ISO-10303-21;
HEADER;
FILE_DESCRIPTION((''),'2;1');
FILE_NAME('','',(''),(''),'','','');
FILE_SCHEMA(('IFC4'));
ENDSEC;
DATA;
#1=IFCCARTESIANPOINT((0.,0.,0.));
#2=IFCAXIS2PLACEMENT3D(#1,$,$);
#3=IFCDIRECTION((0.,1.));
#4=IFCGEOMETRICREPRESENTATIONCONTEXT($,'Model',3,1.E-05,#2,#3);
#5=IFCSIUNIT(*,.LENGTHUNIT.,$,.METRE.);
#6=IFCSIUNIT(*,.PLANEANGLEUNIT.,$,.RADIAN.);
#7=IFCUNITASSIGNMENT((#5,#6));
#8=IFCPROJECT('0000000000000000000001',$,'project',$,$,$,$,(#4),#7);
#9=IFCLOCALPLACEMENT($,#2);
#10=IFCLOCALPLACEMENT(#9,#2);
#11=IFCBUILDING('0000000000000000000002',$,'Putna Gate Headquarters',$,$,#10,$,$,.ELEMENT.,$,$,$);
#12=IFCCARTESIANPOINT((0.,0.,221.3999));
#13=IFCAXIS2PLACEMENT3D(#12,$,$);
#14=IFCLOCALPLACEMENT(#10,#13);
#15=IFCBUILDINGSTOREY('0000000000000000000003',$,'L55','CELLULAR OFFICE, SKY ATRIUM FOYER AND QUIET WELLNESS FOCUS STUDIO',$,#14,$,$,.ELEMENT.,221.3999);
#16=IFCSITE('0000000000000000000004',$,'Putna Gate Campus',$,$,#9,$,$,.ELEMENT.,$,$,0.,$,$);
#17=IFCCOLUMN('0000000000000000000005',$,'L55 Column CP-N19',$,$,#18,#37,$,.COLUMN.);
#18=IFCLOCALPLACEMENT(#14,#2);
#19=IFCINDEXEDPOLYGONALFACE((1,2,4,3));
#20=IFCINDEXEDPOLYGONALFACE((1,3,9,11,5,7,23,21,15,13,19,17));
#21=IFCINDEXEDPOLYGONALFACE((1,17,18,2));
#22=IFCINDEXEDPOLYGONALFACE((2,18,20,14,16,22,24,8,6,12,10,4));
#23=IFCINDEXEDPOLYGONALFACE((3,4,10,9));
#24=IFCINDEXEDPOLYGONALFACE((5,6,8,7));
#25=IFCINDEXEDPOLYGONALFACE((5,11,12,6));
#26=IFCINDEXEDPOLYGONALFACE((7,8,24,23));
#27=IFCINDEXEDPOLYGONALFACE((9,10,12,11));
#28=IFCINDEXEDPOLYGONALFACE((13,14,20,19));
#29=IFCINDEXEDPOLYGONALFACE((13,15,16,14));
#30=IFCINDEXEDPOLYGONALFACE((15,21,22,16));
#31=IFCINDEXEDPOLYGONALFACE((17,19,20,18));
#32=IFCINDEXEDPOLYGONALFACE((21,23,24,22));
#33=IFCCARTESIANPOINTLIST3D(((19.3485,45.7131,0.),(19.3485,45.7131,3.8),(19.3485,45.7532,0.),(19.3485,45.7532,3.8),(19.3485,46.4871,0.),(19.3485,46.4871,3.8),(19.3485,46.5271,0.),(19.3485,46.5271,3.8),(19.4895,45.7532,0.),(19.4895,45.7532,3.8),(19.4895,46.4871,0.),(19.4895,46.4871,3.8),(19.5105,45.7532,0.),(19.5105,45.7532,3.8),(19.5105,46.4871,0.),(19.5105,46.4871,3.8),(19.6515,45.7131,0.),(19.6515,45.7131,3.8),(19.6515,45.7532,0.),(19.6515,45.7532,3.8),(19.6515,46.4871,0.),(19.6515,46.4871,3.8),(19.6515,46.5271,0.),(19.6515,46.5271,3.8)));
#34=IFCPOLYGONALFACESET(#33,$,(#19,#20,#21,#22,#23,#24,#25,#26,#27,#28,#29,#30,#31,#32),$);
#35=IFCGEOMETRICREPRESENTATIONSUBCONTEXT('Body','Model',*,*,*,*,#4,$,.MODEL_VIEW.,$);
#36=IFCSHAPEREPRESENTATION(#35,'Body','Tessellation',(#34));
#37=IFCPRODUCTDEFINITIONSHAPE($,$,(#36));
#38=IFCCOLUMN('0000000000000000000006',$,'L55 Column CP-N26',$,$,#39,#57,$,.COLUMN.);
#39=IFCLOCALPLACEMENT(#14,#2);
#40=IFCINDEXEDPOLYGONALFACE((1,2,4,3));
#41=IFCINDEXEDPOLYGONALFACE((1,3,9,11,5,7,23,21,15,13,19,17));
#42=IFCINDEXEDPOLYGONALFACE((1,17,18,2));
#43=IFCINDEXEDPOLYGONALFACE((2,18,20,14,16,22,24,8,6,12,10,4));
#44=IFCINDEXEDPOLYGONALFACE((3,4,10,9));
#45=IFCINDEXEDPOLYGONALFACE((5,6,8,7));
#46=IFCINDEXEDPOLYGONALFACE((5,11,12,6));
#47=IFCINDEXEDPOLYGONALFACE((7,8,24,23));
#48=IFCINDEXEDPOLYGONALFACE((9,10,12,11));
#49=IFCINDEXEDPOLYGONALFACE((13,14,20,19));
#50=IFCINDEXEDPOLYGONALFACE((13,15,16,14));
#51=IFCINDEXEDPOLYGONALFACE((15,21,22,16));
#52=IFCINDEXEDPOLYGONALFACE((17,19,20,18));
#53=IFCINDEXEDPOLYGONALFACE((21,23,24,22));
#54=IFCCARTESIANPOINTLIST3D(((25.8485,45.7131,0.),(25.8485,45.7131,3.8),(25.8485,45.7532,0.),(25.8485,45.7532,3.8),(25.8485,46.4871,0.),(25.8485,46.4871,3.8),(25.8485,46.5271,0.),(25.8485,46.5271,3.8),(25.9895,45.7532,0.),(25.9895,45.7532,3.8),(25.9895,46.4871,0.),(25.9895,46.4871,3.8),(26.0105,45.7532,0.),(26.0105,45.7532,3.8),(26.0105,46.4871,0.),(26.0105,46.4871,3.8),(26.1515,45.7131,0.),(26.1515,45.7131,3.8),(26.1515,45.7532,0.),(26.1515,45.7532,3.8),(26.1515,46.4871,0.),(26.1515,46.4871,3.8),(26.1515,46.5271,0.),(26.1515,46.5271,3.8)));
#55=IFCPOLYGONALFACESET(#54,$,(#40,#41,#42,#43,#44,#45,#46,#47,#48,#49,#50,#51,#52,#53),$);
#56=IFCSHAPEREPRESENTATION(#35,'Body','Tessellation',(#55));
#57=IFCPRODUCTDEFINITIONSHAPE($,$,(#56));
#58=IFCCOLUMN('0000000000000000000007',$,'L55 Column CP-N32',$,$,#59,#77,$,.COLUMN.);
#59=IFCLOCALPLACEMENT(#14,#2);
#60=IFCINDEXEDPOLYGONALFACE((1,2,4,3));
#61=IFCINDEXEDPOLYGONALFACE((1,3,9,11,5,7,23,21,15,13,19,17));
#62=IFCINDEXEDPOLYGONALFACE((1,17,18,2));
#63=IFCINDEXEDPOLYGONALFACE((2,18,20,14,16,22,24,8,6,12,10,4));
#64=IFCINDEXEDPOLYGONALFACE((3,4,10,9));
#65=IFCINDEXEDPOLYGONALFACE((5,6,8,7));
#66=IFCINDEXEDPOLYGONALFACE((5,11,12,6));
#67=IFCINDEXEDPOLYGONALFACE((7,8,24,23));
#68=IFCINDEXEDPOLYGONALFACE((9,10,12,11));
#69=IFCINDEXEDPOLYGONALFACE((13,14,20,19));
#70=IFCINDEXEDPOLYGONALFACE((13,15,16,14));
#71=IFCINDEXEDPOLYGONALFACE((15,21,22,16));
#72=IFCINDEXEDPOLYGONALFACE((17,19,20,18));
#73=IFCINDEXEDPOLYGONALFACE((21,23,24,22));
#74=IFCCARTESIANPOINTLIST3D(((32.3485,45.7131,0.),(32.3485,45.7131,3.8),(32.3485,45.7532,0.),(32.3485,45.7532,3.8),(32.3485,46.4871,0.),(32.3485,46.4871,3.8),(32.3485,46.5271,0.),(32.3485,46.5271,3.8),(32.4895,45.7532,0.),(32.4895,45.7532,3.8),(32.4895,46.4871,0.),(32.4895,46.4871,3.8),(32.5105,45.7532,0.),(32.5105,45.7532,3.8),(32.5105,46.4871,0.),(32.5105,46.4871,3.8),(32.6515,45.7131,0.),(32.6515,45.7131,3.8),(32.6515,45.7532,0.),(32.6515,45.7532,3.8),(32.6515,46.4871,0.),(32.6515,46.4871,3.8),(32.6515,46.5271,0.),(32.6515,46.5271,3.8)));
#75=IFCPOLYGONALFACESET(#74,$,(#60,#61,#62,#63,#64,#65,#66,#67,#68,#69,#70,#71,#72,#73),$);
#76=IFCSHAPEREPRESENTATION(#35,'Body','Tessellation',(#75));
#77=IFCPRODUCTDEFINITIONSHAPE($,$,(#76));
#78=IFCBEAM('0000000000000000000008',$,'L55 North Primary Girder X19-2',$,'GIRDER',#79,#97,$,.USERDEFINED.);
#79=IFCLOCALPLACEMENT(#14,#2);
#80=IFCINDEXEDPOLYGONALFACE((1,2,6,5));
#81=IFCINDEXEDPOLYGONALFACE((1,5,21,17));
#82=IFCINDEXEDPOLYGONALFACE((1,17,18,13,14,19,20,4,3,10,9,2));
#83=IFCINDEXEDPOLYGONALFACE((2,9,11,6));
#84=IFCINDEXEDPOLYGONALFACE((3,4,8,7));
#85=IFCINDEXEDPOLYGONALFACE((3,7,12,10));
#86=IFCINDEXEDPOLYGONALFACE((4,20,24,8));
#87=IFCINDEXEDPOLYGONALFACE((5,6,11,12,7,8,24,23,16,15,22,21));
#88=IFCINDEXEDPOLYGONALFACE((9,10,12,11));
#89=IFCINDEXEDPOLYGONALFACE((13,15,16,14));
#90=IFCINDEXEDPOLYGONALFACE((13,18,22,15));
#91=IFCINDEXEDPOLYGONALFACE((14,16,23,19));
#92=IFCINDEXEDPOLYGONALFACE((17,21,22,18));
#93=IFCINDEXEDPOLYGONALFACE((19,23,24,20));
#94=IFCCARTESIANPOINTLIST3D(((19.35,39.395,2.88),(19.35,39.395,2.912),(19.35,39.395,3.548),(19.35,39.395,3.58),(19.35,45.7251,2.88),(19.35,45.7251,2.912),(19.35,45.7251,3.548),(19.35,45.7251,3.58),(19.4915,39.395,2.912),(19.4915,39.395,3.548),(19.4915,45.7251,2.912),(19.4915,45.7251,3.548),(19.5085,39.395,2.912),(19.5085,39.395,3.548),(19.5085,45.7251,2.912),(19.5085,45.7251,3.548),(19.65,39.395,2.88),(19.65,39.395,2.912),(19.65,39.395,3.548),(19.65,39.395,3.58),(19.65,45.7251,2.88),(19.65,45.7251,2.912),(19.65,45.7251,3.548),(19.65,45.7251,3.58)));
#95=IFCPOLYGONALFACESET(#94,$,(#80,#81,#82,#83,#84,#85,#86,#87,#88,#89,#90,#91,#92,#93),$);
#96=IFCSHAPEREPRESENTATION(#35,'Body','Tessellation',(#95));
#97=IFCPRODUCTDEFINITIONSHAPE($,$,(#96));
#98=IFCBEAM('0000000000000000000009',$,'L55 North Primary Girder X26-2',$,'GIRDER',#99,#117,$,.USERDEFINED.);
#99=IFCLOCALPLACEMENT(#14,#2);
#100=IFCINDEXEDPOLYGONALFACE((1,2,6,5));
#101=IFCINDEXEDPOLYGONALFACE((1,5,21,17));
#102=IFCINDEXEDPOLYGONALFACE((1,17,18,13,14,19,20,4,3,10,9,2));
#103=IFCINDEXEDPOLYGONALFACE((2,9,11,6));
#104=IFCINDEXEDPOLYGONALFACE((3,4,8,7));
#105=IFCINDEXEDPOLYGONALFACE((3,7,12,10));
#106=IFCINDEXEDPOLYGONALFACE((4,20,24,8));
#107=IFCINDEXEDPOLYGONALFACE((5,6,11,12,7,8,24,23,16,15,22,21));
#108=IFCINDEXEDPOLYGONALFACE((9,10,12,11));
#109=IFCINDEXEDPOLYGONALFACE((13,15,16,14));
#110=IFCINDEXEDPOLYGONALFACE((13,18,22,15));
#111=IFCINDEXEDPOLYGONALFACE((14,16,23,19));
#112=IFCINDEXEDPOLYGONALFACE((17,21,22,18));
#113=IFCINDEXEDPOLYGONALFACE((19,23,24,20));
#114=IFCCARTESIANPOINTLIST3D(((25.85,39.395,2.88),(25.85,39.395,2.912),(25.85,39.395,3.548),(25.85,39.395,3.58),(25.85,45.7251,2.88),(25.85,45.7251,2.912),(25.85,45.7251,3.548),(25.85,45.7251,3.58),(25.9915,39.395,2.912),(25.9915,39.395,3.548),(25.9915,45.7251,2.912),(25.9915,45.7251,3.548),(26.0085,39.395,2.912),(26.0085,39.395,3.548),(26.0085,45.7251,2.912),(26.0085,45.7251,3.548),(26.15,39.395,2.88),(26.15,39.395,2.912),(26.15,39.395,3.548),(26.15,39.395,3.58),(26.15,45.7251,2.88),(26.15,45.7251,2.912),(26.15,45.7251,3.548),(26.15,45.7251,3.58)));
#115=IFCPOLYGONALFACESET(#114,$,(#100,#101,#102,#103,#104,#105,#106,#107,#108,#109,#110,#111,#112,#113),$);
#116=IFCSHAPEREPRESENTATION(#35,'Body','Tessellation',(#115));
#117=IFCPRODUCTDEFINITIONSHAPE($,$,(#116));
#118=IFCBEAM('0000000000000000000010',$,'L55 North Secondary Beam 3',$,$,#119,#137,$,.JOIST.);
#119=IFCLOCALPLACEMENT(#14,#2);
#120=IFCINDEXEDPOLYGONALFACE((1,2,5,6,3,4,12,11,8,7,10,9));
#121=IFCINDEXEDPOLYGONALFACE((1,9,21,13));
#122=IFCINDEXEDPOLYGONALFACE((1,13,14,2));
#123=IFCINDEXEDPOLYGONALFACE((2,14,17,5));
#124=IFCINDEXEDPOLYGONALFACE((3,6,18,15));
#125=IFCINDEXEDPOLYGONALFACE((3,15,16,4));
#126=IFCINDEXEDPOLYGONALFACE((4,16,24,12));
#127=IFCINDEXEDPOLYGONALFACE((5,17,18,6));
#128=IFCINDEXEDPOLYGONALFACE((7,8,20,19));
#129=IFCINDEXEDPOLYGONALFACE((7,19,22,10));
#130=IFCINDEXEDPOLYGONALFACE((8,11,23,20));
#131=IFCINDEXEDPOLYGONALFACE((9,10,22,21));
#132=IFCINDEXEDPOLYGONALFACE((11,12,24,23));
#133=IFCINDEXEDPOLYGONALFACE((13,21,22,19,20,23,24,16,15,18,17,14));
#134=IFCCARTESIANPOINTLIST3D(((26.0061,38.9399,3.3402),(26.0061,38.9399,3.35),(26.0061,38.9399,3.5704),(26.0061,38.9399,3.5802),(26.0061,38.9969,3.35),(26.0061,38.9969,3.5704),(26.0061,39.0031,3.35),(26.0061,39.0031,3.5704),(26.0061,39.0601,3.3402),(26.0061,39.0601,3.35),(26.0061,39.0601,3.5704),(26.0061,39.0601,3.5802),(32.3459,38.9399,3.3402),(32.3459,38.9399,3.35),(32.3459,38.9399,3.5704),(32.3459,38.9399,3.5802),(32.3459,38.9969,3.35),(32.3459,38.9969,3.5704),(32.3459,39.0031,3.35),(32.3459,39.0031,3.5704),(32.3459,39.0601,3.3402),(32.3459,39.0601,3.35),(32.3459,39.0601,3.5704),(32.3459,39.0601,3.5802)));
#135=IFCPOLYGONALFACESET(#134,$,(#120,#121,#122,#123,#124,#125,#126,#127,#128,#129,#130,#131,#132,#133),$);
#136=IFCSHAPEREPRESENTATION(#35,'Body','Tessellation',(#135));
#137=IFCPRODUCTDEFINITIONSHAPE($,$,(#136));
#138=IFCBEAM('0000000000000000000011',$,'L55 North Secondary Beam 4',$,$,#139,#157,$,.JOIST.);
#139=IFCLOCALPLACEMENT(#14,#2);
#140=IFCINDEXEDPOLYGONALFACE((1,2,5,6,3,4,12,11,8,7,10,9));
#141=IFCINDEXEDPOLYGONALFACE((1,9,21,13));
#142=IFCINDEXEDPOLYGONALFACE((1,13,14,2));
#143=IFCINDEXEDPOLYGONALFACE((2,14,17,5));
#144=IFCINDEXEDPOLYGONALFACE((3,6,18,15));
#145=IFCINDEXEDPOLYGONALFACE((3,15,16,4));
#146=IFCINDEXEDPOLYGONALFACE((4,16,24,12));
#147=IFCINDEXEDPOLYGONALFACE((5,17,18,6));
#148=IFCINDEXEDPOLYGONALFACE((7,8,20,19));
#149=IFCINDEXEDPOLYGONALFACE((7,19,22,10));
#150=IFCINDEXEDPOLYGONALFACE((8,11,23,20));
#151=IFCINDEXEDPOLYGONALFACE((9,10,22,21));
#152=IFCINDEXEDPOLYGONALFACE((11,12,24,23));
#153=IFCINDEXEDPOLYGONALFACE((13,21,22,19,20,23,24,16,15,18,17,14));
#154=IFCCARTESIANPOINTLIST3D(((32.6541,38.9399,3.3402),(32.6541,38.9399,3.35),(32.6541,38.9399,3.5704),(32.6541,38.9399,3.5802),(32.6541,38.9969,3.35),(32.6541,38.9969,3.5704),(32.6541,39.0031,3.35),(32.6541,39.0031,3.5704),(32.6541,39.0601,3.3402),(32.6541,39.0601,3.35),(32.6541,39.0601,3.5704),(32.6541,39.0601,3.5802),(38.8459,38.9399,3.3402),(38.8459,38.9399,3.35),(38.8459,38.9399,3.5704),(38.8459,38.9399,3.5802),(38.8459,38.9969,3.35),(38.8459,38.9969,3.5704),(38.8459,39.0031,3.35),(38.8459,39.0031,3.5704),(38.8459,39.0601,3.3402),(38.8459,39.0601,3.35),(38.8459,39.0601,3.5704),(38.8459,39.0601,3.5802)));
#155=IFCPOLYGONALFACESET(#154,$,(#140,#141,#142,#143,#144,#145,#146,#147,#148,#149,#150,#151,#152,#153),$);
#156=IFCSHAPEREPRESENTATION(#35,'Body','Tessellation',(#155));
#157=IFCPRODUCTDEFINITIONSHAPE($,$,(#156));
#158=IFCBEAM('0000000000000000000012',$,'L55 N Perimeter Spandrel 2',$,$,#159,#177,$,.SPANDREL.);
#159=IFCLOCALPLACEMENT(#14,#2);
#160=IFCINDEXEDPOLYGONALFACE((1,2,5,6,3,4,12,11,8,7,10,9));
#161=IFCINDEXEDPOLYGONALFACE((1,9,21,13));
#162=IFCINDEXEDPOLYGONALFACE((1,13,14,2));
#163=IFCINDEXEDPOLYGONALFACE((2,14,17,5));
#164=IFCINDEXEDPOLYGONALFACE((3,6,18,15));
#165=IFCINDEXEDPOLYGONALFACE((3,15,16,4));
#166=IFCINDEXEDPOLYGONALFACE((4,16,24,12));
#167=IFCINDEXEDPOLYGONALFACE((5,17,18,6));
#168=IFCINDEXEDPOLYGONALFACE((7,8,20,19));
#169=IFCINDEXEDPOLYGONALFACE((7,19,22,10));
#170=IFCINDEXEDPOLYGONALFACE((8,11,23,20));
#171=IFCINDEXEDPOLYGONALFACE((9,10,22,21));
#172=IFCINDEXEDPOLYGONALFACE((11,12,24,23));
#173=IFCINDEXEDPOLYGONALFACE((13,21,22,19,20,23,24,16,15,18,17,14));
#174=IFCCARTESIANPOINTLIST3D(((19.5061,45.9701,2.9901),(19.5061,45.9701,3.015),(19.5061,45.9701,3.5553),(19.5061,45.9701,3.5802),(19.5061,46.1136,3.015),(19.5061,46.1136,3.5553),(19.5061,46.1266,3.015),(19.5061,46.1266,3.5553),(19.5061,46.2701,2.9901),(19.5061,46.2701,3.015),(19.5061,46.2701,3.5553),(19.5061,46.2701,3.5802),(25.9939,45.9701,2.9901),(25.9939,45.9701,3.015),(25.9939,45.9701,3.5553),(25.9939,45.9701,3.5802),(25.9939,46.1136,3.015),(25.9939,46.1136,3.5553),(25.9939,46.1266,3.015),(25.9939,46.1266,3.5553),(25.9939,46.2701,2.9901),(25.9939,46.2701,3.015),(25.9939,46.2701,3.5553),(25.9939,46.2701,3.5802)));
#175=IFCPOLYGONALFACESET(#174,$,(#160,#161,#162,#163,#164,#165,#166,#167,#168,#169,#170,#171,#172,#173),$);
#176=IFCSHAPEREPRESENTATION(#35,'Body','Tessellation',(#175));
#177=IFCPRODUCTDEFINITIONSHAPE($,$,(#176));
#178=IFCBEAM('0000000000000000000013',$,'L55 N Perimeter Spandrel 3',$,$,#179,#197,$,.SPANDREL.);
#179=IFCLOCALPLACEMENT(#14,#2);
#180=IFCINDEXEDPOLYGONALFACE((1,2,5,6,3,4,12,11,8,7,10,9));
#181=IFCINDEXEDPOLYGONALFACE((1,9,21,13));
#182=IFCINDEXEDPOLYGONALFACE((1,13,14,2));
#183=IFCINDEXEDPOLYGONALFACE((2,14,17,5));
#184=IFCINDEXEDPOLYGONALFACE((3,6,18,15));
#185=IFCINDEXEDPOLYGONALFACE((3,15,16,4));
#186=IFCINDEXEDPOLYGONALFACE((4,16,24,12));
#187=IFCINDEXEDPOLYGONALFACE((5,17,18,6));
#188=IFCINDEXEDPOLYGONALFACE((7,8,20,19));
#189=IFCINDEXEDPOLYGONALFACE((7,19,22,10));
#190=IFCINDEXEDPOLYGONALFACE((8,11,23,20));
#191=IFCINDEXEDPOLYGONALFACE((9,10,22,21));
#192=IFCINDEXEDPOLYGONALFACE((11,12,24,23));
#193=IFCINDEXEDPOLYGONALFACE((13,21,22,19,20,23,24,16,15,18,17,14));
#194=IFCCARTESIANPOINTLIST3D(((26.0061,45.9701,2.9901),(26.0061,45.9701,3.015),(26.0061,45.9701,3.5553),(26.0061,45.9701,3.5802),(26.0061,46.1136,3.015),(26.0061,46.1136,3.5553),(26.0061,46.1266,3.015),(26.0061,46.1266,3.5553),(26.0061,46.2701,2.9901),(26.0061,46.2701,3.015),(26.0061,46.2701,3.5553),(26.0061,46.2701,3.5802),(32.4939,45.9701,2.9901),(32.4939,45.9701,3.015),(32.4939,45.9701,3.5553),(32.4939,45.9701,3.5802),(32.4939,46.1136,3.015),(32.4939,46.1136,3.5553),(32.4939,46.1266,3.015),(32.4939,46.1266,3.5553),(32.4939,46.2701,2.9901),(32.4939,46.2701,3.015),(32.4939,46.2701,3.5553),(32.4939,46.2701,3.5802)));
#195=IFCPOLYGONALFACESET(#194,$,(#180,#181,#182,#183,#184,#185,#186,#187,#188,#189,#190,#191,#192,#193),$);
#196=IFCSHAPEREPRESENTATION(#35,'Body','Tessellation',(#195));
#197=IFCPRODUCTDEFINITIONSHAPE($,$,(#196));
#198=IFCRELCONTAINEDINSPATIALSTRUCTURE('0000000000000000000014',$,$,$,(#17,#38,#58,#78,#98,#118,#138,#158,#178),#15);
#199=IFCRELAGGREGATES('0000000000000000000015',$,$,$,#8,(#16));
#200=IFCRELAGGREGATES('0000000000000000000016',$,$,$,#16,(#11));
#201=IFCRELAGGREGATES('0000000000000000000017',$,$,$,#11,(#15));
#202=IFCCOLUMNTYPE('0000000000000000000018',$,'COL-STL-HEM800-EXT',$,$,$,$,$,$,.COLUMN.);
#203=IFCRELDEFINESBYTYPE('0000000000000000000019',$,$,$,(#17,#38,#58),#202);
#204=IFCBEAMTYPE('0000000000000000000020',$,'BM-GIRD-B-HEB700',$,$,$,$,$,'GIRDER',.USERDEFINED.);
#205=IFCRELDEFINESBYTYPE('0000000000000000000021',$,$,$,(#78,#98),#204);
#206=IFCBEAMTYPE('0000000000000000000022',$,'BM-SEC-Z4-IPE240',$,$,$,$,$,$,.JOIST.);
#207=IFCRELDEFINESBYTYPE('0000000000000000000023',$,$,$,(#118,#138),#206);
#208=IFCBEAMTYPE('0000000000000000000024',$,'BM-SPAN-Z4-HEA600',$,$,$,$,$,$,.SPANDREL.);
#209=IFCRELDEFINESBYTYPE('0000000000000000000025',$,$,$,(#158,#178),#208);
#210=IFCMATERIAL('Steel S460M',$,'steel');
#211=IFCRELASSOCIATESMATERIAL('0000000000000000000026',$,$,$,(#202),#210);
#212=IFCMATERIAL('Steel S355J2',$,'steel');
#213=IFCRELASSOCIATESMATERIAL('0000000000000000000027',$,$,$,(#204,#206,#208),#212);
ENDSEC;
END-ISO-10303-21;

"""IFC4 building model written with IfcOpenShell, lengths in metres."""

from ifc_helpers import new_model, si_unit, direction, frame, origin, origin_2d, place, context, subcontext, project, spatial, i_section, extrude, material, material_profile, profile_set, type_object, element, save


model = new_model("IFC4")

# Units and contexts
model_context = context("Model", 3, precision=1e-05, world=origin(), true_north=direction((0.0, 1.0)))
body_context = subcontext(model_context, "Body", "Model", "MODEL_VIEW")
ifc_project = project(units=[si_unit("LENGTHUNIT", "METRE"), si_unit("PLANEANGLEUNIT", "RADIAN")], contexts=[model_context])

# Site, building, storey
site_placement = place(None, origin())
site = spatial("IfcSite", under=ifc_project, at=site_placement, Name="Putna Gate Campus", CompositionType="ELEMENT", RefElevation=0.0)
building_placement = place(site_placement, origin())
building = spatial("IfcBuilding", under=site, at=building_placement, Name="Putna Gate Headquarters", CompositionType="ELEMENT")
storey_placement = place(building_placement, frame((0.0, 0.0, 221.3999)))
storey = spatial("IfcBuildingStorey", under=building, at=storey_placement, Name="L55", Description="CELLULAR OFFICE, SKY ATRIUM FOYER AND QUIET WELLNESS FOCUS STUDIO", CompositionType="ELEMENT", Elevation=221.3999)

# Columns
ifc_material_1 = material(Name="Steel S460M", Category="steel")
ifc_material_profile_1 = material_profile(ifc_material_1, i_section(OverallWidth=0.303, OverallDepth=0.814, WebThickness=0.021, FlangeThickness=0.04, at=origin_2d()), Name="Steel S460M")
ifc_profile_set_1 = profile_set([ifc_material_profile_1], Name="Steel S460M")
column_type = type_object("IfcColumnType", Name="COL-STL-HEM800-EXT", PredefinedType="COLUMN", material=ifc_profile_set_1)
for number, where, z_axis, x_axis, name in (
    (1, (19.5, 46.1201, 0.0), (0.0, 0.0, 1.0), (1.0, 0.0, 0.0), "L55 Column CP-N19"),
    (2, (26.0, 46.1201, 0.0), (0.0, 0.0, 1.0), (1.0, 0.0, 0.0), "L55 Column CP-N26"),
    (3, (32.5, 46.1201, 0.0), (0.0, 0.0, 1.0), (1.0, 0.0, 0.0), "L55 Column CP-N32"),
):
    element("IfcColumn", number, at=place(storey_placement, frame(where, z_axis=z_axis, x_axis=x_axis)), inside=storey, type_object=column_type, Name=name, PredefinedType="COLUMN", context=body_context, shape_type="SweptSolid", body=[
        extrude(i_section(OverallWidth=0.303, OverallDepth=0.814, WebThickness=0.021, FlangeThickness=0.04, at=origin_2d()), origin(), (0.0, 0.0, 1.0), 3.8),
    ])

# Beams
ifc_material_2 = material(Name="Steel S355J2", Category="steel")
ifc_material_profile_2 = material_profile(ifc_material_2, i_section(OverallWidth=0.3, OverallDepth=0.7, WebThickness=0.0171, FlangeThickness=0.032, at=origin_2d()), Name="Steel S355J2")
ifc_profile_set_2 = profile_set([ifc_material_profile_2], Name="Steel S355J2")
beam_type_1 = type_object("IfcBeamType", Name="BM-GIRD-B-HEB700", ElementType="GIRDER", PredefinedType="USERDEFINED", material=ifc_profile_set_2)
for number, where, z_axis, x_axis, name in (
    (4, (19.5, 39.395, 3.23), (0.0, 1.0, 0.0), (-1.0, 0.0, 0.0), "L55 North Primary Girder X19-2"),
    (5, (26.0, 39.395, 3.23), (0.0, 1.0, 0.0), (-1.0, 0.0, 0.0), "L55 North Primary Girder X26-2"),
):
    element("IfcBeam", number, at=place(storey_placement, frame(where, z_axis=z_axis, x_axis=x_axis)), inside=storey, type_object=beam_type_1, Name=name, ObjectType="GIRDER", PredefinedType="USERDEFINED", context=body_context, shape_type="SweptSolid", body=[
        extrude(i_section(OverallWidth=0.3, OverallDepth=0.7, WebThickness=0.0171, FlangeThickness=0.032, at=origin_2d()), origin(), (0.0, 0.0, 1.0), 6.3301),
    ])
ifc_material_profile_3 = material_profile(ifc_material_2, i_section(OverallWidth=0.1201, OverallDepth=0.24, WebThickness=0.0061, FlangeThickness=0.0098, at=origin_2d()), Name="Steel S355J2")
ifc_profile_set_3 = profile_set([ifc_material_profile_3], Name="Steel S355J2")
beam_type_2 = type_object("IfcBeamType", Name="BM-SEC-Z4-IPE240", PredefinedType="JOIST", material=ifc_profile_set_3)
beam_1_placement = place(storey_placement, frame((26.0061, 39.0, 3.4602), z_axis=(1.0, 0.0, 0.0), x_axis=(0.0, 1.0, 0.0)))
element("IfcBeam", 6, at=beam_1_placement, inside=storey, type_object=beam_type_2, Name="L55 North Secondary Beam 3", PredefinedType="JOIST", context=body_context, shape_type="SweptSolid", body=[
    extrude(i_section(OverallWidth=0.1201, OverallDepth=0.24, WebThickness=0.0061, FlangeThickness=0.0098, at=origin_2d()), origin(), (0.0, 0.0, 1.0), 6.3398),
])
beam_2_placement = place(storey_placement, frame((32.6541, 39.0, 3.4602), z_axis=(1.0, 0.0, 0.0), x_axis=(0.0, 1.0, 0.0)))
element("IfcBeam", 7, at=beam_2_placement, inside=storey, type_object=beam_type_2, Name="L55 North Secondary Beam 4", PredefinedType="JOIST", context=body_context, shape_type="SweptSolid", body=[
    extrude(i_section(OverallWidth=0.1201, OverallDepth=0.24, WebThickness=0.0061, FlangeThickness=0.0098, at=origin_2d()), origin(), (0.0, 0.0, 1.0), 6.1919),
])
ifc_material_profile_4 = material_profile(ifc_material_2, i_section(OverallWidth=0.3, OverallDepth=0.5901, WebThickness=0.0129, FlangeThickness=0.0249, at=origin_2d()), Name="Steel S355J2")
ifc_profile_set_4 = profile_set([ifc_material_profile_4], Name="Steel S355J2")
beam_type_3 = type_object("IfcBeamType", Name="BM-SPAN-Z4-HEA600", PredefinedType="SPANDREL", material=ifc_profile_set_4)
for number, where, z_axis, x_axis, name in (
    (8, (19.5061, 46.1201, 3.2852), (1.0, 0.0, 0.0), (0.0, 1.0, 0.0), "L55 N Perimeter Spandrel 2"),
    (9, (26.0061, 46.1201, 3.2852), (1.0, 0.0, 0.0), (0.0, 1.0, 0.0), "L55 N Perimeter Spandrel 3"),
):
    element("IfcBeam", number, at=place(storey_placement, frame(where, z_axis=z_axis, x_axis=x_axis)), inside=storey, type_object=beam_type_3, Name=name, PredefinedType="SPANDREL", context=body_context, shape_type="SweptSolid", body=[
        extrude(i_section(OverallWidth=0.3, OverallDepth=0.5901, WebThickness=0.0129, FlangeThickness=0.0249, at=origin_2d()), origin(), (0.0, 0.0, 1.0), 6.4878),
    ])

save(model, "model.ifc")
